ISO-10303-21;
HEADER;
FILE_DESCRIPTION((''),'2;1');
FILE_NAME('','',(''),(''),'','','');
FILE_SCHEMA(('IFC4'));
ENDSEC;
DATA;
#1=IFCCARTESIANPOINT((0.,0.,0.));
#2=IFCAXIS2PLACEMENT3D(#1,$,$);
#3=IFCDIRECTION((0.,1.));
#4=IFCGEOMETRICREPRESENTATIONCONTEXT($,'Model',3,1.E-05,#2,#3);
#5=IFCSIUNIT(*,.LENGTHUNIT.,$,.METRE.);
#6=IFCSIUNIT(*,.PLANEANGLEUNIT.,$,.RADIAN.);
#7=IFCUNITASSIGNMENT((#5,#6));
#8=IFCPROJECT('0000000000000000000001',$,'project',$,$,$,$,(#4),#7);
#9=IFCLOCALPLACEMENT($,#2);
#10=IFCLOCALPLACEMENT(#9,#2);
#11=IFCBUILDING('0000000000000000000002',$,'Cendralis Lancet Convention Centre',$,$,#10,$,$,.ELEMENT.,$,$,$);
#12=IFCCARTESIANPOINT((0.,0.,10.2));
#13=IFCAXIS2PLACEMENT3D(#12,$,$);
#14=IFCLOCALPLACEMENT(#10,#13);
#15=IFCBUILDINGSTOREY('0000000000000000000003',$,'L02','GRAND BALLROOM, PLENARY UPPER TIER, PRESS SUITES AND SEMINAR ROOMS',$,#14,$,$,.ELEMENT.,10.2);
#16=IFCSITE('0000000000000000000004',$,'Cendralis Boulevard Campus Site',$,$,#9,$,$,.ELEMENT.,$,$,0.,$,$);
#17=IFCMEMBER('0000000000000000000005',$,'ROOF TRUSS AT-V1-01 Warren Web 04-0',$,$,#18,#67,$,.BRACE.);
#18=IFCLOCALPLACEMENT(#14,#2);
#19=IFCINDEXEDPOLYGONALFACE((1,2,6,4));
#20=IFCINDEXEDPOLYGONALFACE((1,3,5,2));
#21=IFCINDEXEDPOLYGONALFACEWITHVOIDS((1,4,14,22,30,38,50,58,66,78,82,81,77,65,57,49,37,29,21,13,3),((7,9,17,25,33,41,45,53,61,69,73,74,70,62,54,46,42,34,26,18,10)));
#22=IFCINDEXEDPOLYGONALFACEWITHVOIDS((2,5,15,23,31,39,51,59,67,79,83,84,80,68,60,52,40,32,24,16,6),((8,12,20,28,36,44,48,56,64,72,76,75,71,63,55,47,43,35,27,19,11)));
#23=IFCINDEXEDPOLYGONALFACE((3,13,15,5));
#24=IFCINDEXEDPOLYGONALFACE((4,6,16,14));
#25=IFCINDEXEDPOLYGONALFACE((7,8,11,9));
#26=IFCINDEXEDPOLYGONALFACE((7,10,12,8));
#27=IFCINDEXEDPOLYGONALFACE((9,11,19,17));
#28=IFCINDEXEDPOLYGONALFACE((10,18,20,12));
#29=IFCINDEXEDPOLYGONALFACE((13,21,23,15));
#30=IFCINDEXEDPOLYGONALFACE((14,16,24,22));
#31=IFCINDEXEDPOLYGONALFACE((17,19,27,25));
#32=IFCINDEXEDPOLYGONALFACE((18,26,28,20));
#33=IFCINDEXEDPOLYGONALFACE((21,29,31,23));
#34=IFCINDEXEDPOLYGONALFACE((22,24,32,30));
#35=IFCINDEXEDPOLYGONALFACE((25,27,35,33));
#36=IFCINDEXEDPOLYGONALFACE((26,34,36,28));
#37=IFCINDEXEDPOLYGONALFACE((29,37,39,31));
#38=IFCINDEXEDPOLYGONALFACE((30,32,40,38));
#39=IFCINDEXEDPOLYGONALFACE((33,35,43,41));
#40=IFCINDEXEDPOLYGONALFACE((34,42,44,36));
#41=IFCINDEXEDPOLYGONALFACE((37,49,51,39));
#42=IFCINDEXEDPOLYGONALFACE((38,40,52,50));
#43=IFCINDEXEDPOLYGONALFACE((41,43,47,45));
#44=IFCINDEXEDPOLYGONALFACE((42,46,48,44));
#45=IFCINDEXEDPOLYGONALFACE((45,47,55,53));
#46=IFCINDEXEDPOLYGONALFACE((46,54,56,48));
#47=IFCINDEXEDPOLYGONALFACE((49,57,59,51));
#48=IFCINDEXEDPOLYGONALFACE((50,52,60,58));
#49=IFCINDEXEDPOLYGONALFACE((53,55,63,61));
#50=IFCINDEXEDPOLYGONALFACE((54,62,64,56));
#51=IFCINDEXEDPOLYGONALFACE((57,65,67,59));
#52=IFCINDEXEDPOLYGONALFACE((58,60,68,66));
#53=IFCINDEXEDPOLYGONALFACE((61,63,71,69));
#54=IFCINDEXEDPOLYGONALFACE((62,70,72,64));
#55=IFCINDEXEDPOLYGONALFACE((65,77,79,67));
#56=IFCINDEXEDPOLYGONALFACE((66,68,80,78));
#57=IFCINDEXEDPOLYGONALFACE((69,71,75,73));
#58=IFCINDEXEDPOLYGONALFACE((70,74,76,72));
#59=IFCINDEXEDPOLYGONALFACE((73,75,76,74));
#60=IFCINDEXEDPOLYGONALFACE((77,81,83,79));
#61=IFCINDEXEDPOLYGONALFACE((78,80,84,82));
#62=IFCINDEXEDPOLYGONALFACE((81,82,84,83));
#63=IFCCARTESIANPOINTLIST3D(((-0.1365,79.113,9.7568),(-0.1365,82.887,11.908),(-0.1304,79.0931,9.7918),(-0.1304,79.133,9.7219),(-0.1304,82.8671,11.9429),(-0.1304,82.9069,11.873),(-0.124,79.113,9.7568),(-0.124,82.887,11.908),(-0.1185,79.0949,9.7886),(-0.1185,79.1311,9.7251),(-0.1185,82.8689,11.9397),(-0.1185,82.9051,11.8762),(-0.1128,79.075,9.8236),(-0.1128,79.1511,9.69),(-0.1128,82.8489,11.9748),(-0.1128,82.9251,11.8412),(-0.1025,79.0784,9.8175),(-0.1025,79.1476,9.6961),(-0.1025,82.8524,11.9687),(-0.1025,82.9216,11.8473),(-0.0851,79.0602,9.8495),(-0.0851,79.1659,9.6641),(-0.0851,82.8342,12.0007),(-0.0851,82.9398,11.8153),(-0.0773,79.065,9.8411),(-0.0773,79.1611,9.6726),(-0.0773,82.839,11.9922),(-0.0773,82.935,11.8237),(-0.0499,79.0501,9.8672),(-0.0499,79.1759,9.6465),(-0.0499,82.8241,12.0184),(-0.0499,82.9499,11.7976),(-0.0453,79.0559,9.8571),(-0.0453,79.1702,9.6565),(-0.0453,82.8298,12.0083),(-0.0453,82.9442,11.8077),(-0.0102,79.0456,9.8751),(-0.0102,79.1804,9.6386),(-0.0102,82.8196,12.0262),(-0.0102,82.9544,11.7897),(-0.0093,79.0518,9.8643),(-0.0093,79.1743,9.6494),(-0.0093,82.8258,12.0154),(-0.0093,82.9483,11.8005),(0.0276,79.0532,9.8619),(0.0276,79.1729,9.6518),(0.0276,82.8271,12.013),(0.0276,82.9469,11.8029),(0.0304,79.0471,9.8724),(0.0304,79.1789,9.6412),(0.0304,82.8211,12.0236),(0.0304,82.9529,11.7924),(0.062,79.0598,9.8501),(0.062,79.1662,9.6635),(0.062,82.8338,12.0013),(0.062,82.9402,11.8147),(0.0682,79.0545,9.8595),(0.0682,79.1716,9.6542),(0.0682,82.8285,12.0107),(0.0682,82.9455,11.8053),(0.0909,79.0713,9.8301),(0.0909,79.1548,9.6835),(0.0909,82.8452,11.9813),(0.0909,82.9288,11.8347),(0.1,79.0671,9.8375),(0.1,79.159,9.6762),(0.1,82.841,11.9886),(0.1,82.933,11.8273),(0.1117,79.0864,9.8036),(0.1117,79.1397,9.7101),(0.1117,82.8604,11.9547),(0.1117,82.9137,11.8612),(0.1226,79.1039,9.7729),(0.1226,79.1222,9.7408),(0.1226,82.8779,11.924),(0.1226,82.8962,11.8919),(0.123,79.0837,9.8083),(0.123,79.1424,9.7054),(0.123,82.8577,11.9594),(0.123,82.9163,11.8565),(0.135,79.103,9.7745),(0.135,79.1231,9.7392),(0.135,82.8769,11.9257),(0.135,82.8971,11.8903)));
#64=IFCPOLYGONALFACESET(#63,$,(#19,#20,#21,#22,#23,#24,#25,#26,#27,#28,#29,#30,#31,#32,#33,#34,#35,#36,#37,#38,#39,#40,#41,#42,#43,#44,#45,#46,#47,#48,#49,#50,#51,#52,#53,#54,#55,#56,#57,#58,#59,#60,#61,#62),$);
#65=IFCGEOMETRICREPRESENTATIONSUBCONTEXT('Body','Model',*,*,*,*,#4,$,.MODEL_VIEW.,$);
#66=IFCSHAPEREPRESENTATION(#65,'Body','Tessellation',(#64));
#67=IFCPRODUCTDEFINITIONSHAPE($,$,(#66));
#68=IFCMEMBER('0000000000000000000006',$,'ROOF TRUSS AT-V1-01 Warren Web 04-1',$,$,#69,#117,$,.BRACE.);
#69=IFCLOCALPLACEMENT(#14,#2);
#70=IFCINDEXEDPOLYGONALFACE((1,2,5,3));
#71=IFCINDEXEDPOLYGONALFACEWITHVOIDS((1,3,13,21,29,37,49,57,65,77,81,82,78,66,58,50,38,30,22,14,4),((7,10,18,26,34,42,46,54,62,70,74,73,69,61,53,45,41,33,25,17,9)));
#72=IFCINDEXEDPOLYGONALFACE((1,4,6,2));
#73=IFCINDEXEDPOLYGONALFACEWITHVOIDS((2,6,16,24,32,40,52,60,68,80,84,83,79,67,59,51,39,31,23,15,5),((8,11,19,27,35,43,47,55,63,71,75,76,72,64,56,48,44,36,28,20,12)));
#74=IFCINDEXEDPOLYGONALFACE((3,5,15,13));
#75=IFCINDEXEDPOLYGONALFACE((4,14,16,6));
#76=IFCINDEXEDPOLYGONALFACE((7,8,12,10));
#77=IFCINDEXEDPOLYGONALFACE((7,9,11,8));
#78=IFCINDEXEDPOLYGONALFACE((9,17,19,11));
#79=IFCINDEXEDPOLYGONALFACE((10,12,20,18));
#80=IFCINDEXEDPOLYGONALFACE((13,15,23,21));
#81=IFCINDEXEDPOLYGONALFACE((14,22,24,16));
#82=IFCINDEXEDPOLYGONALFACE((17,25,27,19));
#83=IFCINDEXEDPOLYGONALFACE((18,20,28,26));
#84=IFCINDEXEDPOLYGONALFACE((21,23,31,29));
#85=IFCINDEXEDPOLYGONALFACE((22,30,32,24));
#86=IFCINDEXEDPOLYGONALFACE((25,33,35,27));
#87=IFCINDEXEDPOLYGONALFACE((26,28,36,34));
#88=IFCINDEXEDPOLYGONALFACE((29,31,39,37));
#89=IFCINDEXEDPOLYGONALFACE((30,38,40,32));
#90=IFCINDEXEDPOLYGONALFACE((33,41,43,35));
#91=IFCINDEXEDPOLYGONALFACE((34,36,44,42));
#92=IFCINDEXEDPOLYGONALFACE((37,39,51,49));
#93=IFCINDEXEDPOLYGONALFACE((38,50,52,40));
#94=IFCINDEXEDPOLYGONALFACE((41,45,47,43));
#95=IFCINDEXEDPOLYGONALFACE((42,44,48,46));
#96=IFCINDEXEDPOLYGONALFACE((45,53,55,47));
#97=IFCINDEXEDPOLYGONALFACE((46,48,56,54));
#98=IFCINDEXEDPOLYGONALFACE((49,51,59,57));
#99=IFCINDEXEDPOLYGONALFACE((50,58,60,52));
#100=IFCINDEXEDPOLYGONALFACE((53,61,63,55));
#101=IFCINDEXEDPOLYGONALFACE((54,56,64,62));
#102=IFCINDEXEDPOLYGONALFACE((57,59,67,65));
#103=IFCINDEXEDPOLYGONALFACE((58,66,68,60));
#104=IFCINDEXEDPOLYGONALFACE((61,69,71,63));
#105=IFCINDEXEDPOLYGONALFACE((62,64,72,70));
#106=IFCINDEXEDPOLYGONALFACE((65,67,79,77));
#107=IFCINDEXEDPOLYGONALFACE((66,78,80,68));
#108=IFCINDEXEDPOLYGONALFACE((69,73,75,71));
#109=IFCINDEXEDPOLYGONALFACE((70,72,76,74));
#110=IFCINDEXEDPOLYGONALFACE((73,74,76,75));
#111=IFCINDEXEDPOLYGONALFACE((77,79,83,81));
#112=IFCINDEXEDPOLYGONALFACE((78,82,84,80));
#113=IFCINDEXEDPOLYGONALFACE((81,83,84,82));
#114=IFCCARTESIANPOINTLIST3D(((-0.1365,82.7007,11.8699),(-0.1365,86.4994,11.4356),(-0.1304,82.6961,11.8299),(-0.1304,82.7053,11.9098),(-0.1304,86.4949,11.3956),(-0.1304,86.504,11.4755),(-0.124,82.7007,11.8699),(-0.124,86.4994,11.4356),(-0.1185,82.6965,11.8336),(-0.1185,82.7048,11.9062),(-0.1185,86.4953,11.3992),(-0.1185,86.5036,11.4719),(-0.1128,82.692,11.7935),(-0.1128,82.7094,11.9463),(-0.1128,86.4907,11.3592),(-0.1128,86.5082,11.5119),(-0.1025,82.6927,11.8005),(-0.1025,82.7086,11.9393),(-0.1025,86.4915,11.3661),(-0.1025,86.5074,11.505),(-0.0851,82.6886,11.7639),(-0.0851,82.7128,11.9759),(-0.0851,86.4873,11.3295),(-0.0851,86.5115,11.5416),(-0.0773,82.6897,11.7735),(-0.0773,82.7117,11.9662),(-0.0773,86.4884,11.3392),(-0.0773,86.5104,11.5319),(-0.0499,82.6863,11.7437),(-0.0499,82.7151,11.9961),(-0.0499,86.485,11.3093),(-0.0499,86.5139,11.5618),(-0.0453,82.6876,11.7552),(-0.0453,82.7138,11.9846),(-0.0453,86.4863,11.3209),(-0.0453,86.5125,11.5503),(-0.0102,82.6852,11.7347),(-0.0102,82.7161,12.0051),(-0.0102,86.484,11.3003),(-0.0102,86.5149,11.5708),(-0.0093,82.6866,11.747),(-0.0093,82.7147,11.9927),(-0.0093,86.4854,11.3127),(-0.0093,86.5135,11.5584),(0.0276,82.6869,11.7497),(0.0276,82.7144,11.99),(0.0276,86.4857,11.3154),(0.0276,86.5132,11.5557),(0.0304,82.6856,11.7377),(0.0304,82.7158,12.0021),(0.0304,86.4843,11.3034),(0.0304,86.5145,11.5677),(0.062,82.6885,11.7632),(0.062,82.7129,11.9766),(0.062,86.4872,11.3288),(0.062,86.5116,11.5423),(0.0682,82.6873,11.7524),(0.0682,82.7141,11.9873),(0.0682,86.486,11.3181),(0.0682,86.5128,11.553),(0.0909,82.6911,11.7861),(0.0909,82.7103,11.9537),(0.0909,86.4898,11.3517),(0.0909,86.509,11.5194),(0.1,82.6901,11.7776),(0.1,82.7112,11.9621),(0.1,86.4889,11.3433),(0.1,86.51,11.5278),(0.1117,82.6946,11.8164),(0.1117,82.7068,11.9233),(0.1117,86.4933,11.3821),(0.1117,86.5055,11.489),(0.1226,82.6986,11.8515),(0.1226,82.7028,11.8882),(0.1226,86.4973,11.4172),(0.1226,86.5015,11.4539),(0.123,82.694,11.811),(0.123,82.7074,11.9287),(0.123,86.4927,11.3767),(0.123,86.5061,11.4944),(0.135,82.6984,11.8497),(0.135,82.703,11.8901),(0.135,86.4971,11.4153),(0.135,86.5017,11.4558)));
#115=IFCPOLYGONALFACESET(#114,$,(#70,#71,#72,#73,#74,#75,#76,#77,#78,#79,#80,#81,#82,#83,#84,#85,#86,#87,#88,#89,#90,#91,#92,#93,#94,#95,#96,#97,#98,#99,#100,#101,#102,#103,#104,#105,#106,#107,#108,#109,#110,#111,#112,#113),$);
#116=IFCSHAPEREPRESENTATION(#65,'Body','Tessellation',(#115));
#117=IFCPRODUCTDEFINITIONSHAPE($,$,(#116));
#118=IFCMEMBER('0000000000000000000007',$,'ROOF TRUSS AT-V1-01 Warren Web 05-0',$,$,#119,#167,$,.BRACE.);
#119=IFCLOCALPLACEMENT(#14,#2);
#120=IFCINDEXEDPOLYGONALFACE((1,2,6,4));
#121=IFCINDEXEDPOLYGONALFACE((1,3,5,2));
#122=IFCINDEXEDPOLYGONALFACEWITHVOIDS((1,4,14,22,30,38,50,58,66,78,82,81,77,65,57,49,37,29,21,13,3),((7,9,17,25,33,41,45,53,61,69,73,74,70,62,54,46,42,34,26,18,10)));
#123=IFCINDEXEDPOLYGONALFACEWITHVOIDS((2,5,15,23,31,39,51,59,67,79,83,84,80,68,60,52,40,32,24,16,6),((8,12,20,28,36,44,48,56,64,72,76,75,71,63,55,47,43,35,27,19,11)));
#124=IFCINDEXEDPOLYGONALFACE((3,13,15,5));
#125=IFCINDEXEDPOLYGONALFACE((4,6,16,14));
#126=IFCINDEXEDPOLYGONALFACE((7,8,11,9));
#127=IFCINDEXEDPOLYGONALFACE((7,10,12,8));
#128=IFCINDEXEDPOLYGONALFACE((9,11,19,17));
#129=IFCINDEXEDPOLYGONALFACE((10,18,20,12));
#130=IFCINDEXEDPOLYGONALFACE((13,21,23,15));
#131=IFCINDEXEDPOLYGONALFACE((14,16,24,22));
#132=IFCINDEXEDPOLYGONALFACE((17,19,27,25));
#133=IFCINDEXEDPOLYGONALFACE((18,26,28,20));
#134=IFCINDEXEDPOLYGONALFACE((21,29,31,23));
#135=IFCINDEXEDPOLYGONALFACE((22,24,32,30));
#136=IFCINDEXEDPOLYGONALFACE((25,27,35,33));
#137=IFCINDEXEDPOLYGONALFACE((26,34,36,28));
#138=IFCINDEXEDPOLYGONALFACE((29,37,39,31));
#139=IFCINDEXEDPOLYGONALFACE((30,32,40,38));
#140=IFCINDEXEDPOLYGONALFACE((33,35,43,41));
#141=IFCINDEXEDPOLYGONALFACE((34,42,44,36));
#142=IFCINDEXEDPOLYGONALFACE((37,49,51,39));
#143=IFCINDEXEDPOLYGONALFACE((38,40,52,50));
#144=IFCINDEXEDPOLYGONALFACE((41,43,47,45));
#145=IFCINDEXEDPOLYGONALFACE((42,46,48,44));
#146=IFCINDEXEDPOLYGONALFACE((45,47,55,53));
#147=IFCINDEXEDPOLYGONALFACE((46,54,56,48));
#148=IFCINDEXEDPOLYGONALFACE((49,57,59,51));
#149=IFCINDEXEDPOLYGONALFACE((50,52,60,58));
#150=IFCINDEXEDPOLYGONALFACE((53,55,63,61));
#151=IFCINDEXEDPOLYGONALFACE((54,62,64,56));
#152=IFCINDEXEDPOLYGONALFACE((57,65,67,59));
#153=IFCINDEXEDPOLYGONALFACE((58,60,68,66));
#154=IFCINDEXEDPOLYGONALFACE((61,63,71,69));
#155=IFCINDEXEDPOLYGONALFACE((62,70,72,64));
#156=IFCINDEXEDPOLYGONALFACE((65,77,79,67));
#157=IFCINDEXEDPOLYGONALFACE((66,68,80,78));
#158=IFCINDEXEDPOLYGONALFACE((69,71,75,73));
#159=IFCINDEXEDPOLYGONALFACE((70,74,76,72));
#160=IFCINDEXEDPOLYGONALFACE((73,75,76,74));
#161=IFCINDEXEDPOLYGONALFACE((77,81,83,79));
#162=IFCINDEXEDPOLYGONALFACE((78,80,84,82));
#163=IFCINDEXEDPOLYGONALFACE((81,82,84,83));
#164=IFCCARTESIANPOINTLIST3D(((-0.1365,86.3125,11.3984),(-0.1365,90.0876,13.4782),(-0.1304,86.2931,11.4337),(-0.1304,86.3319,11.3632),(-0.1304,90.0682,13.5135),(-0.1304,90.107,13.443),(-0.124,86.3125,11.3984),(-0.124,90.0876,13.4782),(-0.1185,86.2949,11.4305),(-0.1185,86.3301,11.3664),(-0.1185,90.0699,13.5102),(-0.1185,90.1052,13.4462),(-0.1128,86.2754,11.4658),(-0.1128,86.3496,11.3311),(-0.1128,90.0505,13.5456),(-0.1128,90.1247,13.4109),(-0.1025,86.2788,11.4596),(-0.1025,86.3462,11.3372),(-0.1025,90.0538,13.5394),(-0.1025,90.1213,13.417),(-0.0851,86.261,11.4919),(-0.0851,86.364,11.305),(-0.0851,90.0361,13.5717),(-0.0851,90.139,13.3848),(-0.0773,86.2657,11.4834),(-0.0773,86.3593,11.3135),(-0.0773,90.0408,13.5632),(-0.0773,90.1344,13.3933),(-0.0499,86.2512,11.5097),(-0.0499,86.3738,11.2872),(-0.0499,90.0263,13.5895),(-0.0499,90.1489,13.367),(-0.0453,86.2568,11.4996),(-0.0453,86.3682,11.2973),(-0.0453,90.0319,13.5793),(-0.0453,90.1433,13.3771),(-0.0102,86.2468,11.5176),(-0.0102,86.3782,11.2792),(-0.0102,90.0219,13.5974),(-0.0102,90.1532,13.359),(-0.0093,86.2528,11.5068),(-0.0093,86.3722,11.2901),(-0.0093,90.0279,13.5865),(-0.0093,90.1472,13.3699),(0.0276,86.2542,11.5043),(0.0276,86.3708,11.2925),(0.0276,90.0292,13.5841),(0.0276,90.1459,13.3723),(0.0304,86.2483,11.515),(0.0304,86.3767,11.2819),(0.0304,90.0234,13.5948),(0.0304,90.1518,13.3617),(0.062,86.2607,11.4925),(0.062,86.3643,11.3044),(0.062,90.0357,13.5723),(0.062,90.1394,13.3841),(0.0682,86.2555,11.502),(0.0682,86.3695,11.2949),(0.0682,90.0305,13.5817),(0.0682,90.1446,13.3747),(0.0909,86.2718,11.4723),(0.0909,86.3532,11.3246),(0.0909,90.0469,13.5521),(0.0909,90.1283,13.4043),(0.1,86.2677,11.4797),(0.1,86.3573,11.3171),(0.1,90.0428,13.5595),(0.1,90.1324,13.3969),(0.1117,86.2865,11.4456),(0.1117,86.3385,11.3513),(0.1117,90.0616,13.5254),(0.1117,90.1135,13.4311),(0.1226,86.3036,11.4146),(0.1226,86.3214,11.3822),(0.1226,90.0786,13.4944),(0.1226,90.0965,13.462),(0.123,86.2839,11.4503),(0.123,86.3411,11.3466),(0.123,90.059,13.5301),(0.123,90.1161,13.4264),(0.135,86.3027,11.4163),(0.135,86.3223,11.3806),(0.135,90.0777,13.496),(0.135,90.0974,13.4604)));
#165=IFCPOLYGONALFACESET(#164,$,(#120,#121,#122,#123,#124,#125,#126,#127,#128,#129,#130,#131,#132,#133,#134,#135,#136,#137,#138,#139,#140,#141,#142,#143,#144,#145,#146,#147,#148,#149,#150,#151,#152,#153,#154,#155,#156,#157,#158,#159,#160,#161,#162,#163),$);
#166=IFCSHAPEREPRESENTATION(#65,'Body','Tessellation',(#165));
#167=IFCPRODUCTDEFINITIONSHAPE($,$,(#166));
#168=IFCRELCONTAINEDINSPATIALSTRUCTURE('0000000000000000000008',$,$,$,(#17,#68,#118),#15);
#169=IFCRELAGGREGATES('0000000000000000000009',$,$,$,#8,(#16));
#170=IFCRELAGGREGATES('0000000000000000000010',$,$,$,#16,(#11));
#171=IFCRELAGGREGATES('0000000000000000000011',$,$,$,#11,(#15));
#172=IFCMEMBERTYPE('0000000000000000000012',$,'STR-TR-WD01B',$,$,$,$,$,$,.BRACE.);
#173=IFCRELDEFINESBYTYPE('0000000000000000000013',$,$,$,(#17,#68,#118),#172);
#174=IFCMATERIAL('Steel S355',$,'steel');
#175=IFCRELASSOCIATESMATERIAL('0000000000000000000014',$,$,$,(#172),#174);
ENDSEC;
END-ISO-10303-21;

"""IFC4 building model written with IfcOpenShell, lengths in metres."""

from ifc_helpers import new_model, si_unit, direction, frame, origin, origin_2d, place, context, subcontext, project, spatial, hollow_circle, extrude, material, material_profile, profile_set, type_object, element, save


model = new_model("IFC4")

# Units and contexts
model_context = context("Model", 3, precision=1e-05, world=origin(), true_north=direction((0.0, 1.0)))
body_context = subcontext(model_context, "Body", "Model", "MODEL_VIEW")
ifc_project = project(units=[si_unit("LENGTHUNIT", "METRE"), si_unit("PLANEANGLEUNIT", "RADIAN")], contexts=[model_context])

# Site, building, storey
site_placement = place(None, origin())
site = spatial("IfcSite", under=ifc_project, at=site_placement, Name="Cendralis Boulevard Campus Site", CompositionType="ELEMENT", RefElevation=0.0)
building_placement = place(site_placement, origin())
building = spatial("IfcBuilding", under=site, at=building_placement, Name="Cendralis Lancet Convention Centre", CompositionType="ELEMENT")
storey_placement = place(building_placement, frame((0.0, 0.0, 10.2)))
storey = spatial("IfcBuildingStorey", under=building, at=storey_placement, Name="L02", Description="GRAND BALLROOM, PLENARY UPPER TIER, PRESS SUITES AND SEMINAR ROOMS", CompositionType="ELEMENT", Elevation=10.2)

# Members
ifc_material = material(Name="Steel S355", Category="steel")
ifc_material_profile_1 = material_profile(ifc_material, hollow_circle(Radius=0.1365, WallThickness=0.0125, at=origin_2d()), Name="CHS 273.0x12.5")
ifc_profile_set_1 = profile_set([ifc_material_profile_1], Name="Steel S355")
member_type_1 = type_object("IfcMemberType", Name="STR-TR-WD01B", PredefinedType="BRACE", material=ifc_profile_set_1)
member_1_placement = place(storey_placement, frame((0.0, 79.113, 9.7568), z_axis=(0.0, 0.868779, 0.4952), x_axis=(-1.0, 0.0, 0.0)))
element("IfcMember", 1, at=member_1_placement, inside=storey, type_object=member_type_1, Name="ROOF TRUSS AT-V1-01 Warren Web 04-0", PredefinedType="BRACE", context=body_context, shape_type="SweptSolid", body=[
    extrude(hollow_circle(Radius=0.1365, WallThickness=0.0125, at=origin_2d()), origin(), (0.0, 0.0, 1.0), 4.344),
])
member_2_placement = place(storey_placement, frame((0.0, 82.7007, 11.8699), z_axis=(0.0, 0.993528, -0.113592), x_axis=(-1.0, 0.0, 0.0)))
element("IfcMember", 2, at=member_2_placement, inside=storey, type_object=member_type_1, Name="ROOF TRUSS AT-V1-01 Warren Web 04-1", PredefinedType="BRACE", context=body_context, shape_type="SweptSolid", body=[
    extrude(hollow_circle(Radius=0.1365, WallThickness=0.0125, at=origin_2d()), origin(), (0.0, 0.0, 1.0), 3.8235),
])
member_3_placement = place(storey_placement, frame((0.0, 86.3125, 11.3984), z_axis=(0.0, 0.875872, 0.482543), x_axis=(-1.0, 0.0, 0.0)))
element("IfcMember", 3, at=member_3_placement, inside=storey, type_object=member_type_1, Name="ROOF TRUSS AT-V1-01 Warren Web 05-0", PredefinedType="BRACE", context=body_context, shape_type="SweptSolid", body=[
    extrude(hollow_circle(Radius=0.1365, WallThickness=0.0125, at=origin_2d()), origin(), (0.0, 0.0, 1.0), 4.3101),
])

save(model, "model.ifc")
